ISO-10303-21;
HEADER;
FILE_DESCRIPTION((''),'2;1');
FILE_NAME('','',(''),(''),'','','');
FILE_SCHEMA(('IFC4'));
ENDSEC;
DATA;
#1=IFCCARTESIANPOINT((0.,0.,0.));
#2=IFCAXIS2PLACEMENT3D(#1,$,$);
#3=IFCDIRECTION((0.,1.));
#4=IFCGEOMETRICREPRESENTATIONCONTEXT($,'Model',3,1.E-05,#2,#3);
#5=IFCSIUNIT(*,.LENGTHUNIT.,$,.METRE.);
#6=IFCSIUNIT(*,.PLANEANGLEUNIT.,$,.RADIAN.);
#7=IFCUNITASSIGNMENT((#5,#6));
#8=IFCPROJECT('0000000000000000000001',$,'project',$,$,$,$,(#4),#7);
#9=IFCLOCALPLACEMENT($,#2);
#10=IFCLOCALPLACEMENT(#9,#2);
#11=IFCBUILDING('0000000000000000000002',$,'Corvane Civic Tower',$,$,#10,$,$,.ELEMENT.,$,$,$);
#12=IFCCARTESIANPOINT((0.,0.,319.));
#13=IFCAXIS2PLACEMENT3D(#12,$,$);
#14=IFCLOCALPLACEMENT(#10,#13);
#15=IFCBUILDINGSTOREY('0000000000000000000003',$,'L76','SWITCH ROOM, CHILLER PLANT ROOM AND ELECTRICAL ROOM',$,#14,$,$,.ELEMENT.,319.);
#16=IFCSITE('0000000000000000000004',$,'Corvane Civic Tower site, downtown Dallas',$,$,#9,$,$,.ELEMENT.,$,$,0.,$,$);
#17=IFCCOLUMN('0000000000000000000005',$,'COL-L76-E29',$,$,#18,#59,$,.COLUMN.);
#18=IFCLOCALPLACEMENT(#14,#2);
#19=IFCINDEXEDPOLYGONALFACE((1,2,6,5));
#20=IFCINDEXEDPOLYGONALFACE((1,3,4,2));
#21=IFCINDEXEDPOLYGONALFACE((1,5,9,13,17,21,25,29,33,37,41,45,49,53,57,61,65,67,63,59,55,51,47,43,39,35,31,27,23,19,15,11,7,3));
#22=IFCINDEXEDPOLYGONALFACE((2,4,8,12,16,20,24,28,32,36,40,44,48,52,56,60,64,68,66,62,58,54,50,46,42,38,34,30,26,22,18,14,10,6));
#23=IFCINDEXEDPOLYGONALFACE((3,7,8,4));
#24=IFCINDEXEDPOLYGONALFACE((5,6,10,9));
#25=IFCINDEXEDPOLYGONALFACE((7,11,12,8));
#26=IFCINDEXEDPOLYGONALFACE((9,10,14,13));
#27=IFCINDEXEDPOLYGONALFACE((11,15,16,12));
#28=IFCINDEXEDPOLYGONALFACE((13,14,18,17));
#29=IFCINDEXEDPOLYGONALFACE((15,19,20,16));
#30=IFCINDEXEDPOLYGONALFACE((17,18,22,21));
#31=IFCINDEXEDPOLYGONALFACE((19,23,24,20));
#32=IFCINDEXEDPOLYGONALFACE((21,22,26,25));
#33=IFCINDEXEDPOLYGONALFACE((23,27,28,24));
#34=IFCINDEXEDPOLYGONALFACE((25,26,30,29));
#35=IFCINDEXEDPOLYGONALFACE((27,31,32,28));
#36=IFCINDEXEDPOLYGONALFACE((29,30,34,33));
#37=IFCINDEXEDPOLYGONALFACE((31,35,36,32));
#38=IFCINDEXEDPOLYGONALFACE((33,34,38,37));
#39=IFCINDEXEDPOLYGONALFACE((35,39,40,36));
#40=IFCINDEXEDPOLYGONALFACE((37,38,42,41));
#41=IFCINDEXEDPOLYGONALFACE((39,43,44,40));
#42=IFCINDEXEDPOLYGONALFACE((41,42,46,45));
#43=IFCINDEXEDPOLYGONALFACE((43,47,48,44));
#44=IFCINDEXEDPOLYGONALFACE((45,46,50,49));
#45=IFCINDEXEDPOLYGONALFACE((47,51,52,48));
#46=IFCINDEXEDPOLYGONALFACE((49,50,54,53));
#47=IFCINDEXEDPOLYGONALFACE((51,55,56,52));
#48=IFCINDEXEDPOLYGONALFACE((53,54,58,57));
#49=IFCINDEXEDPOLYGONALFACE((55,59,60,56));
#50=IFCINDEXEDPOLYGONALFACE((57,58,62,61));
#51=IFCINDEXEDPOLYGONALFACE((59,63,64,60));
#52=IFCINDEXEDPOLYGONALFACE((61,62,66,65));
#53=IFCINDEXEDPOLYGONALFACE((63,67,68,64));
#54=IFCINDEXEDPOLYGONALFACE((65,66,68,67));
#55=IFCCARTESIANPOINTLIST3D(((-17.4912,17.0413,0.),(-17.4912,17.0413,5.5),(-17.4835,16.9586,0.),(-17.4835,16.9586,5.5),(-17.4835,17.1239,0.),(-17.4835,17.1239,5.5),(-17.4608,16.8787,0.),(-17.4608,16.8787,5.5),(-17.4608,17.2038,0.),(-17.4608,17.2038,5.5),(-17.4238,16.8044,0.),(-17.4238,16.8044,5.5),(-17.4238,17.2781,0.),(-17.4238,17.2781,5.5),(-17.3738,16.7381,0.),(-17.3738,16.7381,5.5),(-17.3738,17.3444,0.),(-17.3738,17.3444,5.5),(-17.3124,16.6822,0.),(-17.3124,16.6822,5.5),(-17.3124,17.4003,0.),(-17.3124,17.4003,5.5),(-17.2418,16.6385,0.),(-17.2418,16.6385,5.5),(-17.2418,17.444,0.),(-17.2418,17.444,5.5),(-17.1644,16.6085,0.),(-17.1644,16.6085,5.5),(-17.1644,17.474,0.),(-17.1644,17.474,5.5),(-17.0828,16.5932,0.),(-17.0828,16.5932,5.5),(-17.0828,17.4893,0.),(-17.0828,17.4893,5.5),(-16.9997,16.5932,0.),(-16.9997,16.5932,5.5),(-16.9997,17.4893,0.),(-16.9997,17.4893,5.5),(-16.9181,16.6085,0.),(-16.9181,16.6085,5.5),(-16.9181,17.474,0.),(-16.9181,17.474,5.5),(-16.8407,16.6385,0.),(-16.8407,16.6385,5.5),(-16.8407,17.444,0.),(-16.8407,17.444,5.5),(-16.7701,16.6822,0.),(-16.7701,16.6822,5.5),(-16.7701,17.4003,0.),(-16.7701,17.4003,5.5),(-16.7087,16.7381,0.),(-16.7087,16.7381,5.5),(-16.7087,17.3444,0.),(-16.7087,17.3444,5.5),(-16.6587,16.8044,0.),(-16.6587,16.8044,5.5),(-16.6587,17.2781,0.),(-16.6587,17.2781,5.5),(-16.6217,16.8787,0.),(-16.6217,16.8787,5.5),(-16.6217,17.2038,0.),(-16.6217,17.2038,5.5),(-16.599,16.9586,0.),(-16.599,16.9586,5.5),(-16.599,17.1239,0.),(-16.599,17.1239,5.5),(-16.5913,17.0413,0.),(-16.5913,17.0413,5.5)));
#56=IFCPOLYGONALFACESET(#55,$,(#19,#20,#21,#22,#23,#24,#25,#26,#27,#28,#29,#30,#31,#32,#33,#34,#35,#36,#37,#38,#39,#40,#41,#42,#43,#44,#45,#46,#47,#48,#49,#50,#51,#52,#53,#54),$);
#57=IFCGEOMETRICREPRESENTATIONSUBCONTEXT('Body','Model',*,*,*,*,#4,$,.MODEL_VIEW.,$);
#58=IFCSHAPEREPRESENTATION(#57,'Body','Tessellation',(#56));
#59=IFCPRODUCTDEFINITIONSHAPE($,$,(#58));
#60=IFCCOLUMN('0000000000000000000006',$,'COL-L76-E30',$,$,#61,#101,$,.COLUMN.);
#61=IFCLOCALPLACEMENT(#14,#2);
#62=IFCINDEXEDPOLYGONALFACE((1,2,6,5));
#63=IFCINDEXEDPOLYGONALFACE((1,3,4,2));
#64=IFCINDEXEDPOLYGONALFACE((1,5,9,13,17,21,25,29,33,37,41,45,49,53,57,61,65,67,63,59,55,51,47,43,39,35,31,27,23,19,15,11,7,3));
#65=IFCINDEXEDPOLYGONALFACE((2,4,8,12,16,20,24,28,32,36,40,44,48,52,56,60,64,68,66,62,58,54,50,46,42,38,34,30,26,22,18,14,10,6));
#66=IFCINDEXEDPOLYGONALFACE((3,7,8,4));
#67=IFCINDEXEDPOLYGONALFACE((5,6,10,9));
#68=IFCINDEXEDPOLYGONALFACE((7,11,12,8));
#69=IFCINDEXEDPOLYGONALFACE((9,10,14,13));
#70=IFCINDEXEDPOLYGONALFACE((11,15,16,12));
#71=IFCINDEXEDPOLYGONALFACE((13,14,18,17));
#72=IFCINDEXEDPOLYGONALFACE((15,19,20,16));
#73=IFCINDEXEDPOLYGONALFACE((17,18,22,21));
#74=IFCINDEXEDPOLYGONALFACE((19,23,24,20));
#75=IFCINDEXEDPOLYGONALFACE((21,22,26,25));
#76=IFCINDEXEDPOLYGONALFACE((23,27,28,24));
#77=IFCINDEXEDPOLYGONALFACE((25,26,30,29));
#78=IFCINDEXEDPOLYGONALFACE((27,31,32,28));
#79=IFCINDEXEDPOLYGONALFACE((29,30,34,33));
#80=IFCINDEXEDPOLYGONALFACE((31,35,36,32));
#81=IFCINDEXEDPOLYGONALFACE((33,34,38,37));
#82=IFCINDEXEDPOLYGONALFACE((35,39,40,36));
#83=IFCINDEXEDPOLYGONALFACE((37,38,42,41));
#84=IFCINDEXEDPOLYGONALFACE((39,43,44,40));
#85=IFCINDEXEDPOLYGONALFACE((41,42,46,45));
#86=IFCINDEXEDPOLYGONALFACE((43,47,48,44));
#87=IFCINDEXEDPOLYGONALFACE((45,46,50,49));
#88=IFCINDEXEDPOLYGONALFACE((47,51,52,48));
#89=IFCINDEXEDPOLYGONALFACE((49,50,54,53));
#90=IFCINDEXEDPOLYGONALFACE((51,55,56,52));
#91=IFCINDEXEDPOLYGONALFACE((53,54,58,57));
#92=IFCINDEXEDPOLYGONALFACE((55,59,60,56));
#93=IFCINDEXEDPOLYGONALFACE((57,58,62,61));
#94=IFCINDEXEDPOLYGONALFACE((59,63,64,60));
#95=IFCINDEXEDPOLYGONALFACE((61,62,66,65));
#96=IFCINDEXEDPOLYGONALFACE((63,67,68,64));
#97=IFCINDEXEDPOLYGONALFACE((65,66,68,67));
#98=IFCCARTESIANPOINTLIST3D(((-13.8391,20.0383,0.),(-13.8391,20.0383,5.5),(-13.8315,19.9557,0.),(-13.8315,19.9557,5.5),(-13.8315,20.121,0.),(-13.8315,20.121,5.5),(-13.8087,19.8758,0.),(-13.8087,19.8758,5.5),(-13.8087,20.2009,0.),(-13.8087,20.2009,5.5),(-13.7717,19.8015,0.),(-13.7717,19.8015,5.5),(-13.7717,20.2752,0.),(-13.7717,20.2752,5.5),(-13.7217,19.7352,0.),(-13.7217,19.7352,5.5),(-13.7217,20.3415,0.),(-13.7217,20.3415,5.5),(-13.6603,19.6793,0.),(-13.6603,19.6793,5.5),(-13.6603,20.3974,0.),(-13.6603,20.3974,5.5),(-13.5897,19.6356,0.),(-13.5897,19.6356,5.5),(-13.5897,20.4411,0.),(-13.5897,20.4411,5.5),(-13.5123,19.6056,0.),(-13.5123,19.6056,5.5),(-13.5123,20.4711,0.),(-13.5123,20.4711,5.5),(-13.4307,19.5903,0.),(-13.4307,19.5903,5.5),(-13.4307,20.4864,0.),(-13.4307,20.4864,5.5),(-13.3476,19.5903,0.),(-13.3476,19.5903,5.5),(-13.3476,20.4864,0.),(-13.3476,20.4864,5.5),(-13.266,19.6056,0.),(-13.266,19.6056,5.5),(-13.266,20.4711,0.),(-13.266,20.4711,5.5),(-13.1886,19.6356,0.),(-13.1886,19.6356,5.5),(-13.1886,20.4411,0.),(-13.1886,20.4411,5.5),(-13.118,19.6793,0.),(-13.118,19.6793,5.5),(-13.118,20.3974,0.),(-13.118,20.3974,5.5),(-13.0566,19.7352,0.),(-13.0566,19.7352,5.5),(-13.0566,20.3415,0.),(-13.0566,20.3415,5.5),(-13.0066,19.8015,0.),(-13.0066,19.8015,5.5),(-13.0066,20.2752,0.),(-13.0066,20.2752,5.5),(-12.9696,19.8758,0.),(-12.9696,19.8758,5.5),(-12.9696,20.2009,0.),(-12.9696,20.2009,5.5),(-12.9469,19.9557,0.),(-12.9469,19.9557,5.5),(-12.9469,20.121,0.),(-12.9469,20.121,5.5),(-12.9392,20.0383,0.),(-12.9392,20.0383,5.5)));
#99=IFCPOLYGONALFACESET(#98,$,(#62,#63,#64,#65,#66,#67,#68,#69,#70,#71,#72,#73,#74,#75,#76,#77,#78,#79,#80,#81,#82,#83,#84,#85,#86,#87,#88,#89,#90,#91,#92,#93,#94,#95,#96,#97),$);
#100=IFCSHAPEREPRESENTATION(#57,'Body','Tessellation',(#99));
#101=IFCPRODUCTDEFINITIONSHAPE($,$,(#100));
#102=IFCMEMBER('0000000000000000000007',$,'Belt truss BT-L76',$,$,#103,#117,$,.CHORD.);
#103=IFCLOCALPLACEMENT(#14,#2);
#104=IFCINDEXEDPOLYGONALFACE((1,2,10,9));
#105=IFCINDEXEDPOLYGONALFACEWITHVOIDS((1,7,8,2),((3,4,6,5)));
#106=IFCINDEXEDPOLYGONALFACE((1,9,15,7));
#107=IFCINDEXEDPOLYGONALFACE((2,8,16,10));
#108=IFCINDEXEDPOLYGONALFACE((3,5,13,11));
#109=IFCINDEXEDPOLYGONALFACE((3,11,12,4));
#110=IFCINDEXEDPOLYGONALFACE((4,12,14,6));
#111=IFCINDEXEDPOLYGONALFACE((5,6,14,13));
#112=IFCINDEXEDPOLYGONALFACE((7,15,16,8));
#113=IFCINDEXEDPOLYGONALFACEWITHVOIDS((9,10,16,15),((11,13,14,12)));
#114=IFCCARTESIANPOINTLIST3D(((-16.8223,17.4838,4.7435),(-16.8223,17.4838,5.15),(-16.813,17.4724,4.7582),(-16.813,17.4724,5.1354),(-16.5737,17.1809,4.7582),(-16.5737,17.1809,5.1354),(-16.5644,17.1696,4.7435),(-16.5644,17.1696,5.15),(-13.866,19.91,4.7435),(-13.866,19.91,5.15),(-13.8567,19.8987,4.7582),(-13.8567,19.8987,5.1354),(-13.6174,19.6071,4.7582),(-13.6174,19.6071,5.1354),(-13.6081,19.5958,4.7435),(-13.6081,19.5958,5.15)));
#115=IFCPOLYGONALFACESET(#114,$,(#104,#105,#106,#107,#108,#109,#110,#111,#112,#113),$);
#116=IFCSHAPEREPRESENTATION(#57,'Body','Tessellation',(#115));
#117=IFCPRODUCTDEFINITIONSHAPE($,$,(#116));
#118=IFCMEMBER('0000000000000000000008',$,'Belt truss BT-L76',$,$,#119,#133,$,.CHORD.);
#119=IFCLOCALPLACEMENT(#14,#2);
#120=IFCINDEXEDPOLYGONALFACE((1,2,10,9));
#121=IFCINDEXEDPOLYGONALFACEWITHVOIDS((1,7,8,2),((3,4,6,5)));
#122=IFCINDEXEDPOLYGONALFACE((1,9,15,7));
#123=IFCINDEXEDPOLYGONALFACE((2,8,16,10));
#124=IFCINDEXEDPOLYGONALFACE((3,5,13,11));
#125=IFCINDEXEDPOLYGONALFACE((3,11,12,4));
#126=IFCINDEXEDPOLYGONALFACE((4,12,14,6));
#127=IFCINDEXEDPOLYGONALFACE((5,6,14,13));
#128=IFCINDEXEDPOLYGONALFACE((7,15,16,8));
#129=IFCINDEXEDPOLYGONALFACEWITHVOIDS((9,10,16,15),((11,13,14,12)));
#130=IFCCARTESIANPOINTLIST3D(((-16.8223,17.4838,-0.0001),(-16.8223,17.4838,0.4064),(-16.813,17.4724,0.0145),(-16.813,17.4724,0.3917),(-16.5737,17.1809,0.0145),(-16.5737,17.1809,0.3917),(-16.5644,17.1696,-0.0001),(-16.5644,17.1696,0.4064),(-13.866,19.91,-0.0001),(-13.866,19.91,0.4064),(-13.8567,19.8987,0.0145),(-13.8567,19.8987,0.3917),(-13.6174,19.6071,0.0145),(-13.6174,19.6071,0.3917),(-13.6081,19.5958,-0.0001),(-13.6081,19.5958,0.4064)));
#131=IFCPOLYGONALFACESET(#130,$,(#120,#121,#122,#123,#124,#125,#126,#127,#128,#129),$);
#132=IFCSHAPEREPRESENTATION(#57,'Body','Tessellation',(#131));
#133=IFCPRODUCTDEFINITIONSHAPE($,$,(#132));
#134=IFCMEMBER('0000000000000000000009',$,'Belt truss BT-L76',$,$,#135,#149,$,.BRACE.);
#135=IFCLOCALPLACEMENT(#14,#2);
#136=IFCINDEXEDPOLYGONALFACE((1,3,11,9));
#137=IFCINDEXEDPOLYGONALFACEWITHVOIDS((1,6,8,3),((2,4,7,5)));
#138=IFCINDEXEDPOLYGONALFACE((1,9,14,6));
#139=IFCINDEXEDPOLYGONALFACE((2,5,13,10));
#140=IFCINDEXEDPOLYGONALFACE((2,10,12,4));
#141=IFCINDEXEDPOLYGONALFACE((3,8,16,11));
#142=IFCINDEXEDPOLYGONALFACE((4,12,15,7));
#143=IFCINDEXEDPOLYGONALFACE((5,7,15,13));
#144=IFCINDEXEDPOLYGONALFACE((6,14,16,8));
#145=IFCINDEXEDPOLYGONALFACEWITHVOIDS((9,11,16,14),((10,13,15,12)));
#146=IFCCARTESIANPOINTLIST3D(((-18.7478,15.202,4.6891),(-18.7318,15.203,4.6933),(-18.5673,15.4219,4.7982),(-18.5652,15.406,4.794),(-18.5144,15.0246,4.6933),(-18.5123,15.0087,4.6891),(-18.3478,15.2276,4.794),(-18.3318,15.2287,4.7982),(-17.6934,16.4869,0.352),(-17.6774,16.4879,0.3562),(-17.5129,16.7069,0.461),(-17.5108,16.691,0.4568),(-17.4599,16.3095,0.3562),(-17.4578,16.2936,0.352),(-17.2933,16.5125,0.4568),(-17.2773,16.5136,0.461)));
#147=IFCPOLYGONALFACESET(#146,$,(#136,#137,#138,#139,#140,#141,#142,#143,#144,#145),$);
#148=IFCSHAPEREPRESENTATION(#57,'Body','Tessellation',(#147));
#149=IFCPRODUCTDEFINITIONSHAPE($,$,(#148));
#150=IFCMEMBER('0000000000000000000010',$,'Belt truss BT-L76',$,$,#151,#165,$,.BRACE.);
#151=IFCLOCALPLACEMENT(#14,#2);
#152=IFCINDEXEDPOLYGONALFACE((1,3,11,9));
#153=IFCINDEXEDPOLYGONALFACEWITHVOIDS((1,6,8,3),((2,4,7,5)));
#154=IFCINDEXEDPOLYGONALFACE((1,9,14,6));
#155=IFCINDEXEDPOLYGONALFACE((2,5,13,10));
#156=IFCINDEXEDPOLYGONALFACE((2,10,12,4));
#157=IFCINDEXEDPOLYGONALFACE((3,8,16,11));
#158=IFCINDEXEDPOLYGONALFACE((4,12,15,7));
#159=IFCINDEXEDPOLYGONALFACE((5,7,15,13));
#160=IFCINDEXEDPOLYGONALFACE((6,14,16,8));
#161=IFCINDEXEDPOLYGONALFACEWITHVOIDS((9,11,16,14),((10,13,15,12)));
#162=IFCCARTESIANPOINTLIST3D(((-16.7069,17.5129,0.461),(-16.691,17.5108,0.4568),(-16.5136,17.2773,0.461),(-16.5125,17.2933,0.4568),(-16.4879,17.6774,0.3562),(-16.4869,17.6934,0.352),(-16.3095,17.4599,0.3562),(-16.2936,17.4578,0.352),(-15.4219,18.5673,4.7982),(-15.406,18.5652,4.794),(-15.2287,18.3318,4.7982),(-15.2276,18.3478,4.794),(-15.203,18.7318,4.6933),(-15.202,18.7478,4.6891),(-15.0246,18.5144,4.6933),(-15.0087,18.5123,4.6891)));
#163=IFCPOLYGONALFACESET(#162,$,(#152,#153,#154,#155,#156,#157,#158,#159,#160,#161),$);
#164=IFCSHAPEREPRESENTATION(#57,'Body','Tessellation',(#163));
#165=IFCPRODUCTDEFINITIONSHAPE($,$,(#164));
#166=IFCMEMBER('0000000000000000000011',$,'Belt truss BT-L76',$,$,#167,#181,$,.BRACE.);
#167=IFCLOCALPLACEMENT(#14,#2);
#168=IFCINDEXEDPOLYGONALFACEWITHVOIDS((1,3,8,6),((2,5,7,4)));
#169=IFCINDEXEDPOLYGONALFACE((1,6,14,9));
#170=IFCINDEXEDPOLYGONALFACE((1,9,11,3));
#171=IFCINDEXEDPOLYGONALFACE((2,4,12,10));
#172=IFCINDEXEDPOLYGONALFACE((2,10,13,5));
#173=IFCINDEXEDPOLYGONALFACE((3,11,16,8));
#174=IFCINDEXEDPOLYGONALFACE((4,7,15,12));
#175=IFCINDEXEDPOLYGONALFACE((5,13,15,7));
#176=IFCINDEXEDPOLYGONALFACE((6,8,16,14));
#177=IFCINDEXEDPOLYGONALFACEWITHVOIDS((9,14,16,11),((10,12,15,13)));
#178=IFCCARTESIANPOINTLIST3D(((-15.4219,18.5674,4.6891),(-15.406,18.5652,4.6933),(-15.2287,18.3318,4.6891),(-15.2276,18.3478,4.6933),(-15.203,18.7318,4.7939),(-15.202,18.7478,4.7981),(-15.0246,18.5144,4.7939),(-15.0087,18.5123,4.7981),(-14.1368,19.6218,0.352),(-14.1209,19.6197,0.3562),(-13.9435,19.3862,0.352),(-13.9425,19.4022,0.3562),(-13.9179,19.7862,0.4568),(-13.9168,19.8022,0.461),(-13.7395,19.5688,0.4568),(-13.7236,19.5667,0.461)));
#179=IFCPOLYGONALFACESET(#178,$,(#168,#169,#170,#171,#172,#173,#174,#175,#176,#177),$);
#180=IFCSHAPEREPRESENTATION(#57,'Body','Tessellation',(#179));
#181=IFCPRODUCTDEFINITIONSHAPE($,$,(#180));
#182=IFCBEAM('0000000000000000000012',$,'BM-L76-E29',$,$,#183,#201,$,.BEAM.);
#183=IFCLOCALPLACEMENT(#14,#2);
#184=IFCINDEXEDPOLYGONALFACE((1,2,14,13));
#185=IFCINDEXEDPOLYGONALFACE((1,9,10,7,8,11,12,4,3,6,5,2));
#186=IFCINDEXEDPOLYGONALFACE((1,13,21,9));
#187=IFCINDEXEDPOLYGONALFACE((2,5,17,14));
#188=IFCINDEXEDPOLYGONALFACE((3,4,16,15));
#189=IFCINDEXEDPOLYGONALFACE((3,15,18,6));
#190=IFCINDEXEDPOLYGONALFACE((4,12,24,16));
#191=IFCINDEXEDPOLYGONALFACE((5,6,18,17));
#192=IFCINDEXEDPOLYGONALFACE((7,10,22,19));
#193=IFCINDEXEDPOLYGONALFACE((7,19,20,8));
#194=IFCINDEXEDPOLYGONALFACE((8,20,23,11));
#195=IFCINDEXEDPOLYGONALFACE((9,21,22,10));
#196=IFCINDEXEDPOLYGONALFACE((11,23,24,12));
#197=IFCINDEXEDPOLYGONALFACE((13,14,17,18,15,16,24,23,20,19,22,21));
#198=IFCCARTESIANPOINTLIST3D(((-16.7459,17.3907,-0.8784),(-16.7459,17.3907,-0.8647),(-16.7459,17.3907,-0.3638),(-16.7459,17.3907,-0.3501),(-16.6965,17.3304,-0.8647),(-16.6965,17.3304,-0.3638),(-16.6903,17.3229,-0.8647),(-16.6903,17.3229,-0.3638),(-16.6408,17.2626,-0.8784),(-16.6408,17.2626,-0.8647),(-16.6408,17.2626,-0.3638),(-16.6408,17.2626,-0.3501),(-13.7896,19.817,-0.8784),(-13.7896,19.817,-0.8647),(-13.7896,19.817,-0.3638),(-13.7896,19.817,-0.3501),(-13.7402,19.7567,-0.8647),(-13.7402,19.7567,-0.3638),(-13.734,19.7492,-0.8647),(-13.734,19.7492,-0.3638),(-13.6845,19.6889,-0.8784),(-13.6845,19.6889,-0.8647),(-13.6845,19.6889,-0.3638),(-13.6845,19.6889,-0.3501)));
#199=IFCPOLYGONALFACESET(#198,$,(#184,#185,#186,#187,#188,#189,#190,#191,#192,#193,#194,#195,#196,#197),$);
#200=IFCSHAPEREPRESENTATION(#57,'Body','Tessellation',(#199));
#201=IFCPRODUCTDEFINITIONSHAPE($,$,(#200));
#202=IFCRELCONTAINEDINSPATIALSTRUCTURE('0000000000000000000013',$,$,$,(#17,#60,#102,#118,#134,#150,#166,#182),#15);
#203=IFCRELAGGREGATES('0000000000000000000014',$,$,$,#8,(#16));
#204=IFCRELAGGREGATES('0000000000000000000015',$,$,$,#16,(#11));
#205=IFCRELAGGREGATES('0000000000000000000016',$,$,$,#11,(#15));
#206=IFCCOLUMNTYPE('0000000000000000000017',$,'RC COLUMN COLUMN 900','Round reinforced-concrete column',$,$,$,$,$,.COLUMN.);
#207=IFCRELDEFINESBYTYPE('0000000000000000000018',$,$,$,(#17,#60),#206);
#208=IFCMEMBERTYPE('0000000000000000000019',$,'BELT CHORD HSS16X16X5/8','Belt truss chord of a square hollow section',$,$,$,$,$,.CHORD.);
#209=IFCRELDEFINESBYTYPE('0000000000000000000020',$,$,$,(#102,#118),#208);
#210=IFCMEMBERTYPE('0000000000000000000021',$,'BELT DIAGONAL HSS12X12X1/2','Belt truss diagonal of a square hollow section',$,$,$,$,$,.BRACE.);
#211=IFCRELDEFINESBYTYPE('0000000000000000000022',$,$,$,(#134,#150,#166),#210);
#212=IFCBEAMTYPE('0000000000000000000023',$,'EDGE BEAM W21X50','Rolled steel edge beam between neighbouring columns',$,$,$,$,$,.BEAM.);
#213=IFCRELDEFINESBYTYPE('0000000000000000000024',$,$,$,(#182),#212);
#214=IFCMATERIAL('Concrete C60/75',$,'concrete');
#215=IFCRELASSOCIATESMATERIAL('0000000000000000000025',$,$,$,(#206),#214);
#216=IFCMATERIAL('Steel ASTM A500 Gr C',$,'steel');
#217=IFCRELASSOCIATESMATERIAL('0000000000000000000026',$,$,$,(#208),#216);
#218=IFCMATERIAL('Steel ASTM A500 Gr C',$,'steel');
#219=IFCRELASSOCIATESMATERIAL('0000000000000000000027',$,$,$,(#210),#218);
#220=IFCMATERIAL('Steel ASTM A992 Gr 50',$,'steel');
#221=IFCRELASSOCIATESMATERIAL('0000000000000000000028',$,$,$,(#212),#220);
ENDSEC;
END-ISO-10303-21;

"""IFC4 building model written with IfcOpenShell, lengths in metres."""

from ifc_helpers import new_model, si_unit, direction, frame, origin, origin_2d, place, context, subcontext, project, spatial, hollow_rectangle, circle, i_section, extrude, material, material_profile, profile_set, type_object, element, save


model = new_model("IFC4")

# Units and contexts
model_context = context("Model", 3, precision=1e-05, world=origin(), true_north=direction((0.0, 1.0)))
body_context = subcontext(model_context, "Body", "Model", "MODEL_VIEW")
ifc_project = project(units=[si_unit("LENGTHUNIT", "METRE"), si_unit("PLANEANGLEUNIT", "RADIAN")], contexts=[model_context])

# Site, building, storey
site_placement = place(None, origin())
site = spatial("IfcSite", under=ifc_project, at=site_placement, Name="Corvane Civic Tower site, downtown Dallas", CompositionType="ELEMENT", RefElevation=0.0)
building_placement = place(site_placement, origin())
building = spatial("IfcBuilding", under=site, at=building_placement, Name="Corvane Civic Tower", CompositionType="ELEMENT")
storey_placement = place(building_placement, frame((0.0, 0.0, 319.0)))
storey = spatial("IfcBuildingStorey", under=building, at=storey_placement, Name="L76", Description="SWITCH ROOM, CHILLER PLANT ROOM AND ELECTRICAL ROOM", CompositionType="ELEMENT", Elevation=319.0)

# Columns
ifc_material_1 = material(Name="Concrete C60/75", Category="concrete")
ifc_material_profile_1 = material_profile(ifc_material_1, circle(Radius=0.45, at=origin_2d()), Name="COLUMN 900")
ifc_profile_set_1 = profile_set([ifc_material_profile_1], Name="Concrete C60/75")
column_type = type_object("IfcColumnType", Name="RC COLUMN COLUMN 900", Description="Round reinforced-concrete column", PredefinedType="COLUMN", material=ifc_profile_set_1)
for number, where, z_axis, x_axis, name in (
    (1, (-17.0413, 17.0413, 0.0), (0.0, 0.0, 1.0), (1.0, 0.0, 0.0), "COL-L76-E29"),
    (2, (-13.3892, 20.0383, 0.0), (0.0, 0.0, 1.0), (1.0, 0.0, 0.0), "COL-L76-E30"),
):
    element("IfcColumn", number, at=place(storey_placement, frame(where, z_axis=z_axis, x_axis=x_axis)), inside=storey, type_object=column_type, Name=name, PredefinedType="COLUMN", context=body_context, shape_type="SweptSolid", body=[
        extrude(circle(Radius=0.45, at=origin_2d()), origin(), (0.0, 0.0, 1.0), 5.5),
    ])

# Members
ifc_material_2 = material(Name="Steel ASTM A500 Gr C", Category="steel")
ifc_material_profile_2 = material_profile(ifc_material_2, hollow_rectangle(XDim=0.4065, YDim=0.4065, WallThickness=0.0146, at=origin_2d()), Name="HSS16X16X5/8")
ifc_profile_set_2 = profile_set([ifc_material_profile_2], Name="Steel ASTM A500 Gr C")
member_type_1 = type_object("IfcMemberType", Name="BELT CHORD HSS16X16X5/8", Description="Belt truss chord of a square hollow section", PredefinedType="CHORD", material=ifc_profile_set_2)
for number, where, z_axis, x_axis, name in (
    (3, (-16.6934, 17.3267, 4.9468), (0.772998, 0.634409, 0.0), (-0.634409, 0.772998, 0.0), "Belt truss BT-L76"),
    (4, (-16.6934, 17.3267, 0.2031), (0.772998, 0.634409, 0.0), (-0.634409, 0.772998, 0.0), "Belt truss BT-L76"),
):
    element("IfcMember", number, at=place(storey_placement, frame(where, z_axis=z_axis, x_axis=x_axis)), inside=storey, type_object=member_type_1, Name=name, PredefinedType="CHORD", context=body_context, shape_type="SweptSolid", body=[
        extrude(hollow_rectangle(XDim=0.4065, YDim=0.4065, WallThickness=0.0146, at=origin_2d()), origin(), (0.0, 0.0, 1.0), 3.8245),
    ])
ifc_material_3 = material(Name="Steel ASTM A500 Gr C", Category="steel")
ifc_material_profile_3 = material_profile(ifc_material_3, hollow_rectangle(XDim=0.3047, YDim=0.3047, WallThickness=0.0117, at=origin_2d()), Name="HSS12X12X1/2")
ifc_profile_set_3 = profile_set([ifc_material_profile_3], Name="Steel ASTM A500 Gr C")
member_type_2 = type_object("IfcMemberType", Name="BELT DIAGONAL HSS12X12X1/2", Description="Belt truss diagonal of a square hollow section", PredefinedType="BRACE", material=ifc_profile_set_3)
for number, where, z_axis, x_axis, name in (
    (5, (-17.4854, 16.5002, 0.4065), (-0.227018, -0.276637, 0.933775), (0.773027, -0.634373, 0.0), "Belt truss BT-L76"),
    (6, (-16.5002, 17.4854, 0.4065), (0.276637, 0.227018, 0.933775), (-0.634373, 0.773027, 0.0), "Belt truss BT-L76"),
    (7, (-13.9302, 19.5942, 0.4065), (-0.276685, -0.227015, 0.933761), (0.634301, -0.773086, 0.0), "Belt truss BT-L76"),
):
    element("IfcMember", number, at=place(storey_placement, frame(where, z_axis=z_axis, x_axis=x_axis)), inside=storey, type_object=member_type_2, Name=name, PredefinedType="BRACE", context=body_context, shape_type="SweptSolid", body=[
        extrude(hollow_rectangle(XDim=0.3047, YDim=0.3047, WallThickness=0.0117, at=origin_2d()), origin(), (0.0, 0.0, 1.0), 4.6448),
    ])

# Beam
ifc_material_4 = material(Name="Steel ASTM A992 Gr 50", Category="steel")
ifc_material_profile_4 = material_profile(ifc_material_4, i_section(OverallWidth=0.1658, OverallDepth=0.5283, WebThickness=0.0098, FlangeThickness=0.0137, at=origin_2d()), Name="W21X50")
ifc_profile_set_4 = profile_set([ifc_material_profile_4], Name="Steel ASTM A992 Gr 50")
beam_type = type_object("IfcBeamType", Name="EDGE BEAM W21X50", Description="Rolled steel edge beam between neighbouring columns", PredefinedType="BEAM", material=ifc_profile_set_4)
beam_placement = place(storey_placement, frame((-16.6934, 17.3267, -0.6143), z_axis=(0.772998, 0.634409, 0.0), x_axis=(-0.634409, 0.772998, 0.0)))
element("IfcBeam", 8, at=beam_placement, inside=storey, type_object=beam_type, Name="BM-L76-E29", PredefinedType="BEAM", context=body_context, shape_type="SweptSolid", body=[
    extrude(i_section(OverallWidth=0.1658, OverallDepth=0.5283, WebThickness=0.0098, FlangeThickness=0.0137, at=origin_2d()), origin(), (0.0, 0.0, 1.0), 3.8245),
])

save(model, "model.ifc")
